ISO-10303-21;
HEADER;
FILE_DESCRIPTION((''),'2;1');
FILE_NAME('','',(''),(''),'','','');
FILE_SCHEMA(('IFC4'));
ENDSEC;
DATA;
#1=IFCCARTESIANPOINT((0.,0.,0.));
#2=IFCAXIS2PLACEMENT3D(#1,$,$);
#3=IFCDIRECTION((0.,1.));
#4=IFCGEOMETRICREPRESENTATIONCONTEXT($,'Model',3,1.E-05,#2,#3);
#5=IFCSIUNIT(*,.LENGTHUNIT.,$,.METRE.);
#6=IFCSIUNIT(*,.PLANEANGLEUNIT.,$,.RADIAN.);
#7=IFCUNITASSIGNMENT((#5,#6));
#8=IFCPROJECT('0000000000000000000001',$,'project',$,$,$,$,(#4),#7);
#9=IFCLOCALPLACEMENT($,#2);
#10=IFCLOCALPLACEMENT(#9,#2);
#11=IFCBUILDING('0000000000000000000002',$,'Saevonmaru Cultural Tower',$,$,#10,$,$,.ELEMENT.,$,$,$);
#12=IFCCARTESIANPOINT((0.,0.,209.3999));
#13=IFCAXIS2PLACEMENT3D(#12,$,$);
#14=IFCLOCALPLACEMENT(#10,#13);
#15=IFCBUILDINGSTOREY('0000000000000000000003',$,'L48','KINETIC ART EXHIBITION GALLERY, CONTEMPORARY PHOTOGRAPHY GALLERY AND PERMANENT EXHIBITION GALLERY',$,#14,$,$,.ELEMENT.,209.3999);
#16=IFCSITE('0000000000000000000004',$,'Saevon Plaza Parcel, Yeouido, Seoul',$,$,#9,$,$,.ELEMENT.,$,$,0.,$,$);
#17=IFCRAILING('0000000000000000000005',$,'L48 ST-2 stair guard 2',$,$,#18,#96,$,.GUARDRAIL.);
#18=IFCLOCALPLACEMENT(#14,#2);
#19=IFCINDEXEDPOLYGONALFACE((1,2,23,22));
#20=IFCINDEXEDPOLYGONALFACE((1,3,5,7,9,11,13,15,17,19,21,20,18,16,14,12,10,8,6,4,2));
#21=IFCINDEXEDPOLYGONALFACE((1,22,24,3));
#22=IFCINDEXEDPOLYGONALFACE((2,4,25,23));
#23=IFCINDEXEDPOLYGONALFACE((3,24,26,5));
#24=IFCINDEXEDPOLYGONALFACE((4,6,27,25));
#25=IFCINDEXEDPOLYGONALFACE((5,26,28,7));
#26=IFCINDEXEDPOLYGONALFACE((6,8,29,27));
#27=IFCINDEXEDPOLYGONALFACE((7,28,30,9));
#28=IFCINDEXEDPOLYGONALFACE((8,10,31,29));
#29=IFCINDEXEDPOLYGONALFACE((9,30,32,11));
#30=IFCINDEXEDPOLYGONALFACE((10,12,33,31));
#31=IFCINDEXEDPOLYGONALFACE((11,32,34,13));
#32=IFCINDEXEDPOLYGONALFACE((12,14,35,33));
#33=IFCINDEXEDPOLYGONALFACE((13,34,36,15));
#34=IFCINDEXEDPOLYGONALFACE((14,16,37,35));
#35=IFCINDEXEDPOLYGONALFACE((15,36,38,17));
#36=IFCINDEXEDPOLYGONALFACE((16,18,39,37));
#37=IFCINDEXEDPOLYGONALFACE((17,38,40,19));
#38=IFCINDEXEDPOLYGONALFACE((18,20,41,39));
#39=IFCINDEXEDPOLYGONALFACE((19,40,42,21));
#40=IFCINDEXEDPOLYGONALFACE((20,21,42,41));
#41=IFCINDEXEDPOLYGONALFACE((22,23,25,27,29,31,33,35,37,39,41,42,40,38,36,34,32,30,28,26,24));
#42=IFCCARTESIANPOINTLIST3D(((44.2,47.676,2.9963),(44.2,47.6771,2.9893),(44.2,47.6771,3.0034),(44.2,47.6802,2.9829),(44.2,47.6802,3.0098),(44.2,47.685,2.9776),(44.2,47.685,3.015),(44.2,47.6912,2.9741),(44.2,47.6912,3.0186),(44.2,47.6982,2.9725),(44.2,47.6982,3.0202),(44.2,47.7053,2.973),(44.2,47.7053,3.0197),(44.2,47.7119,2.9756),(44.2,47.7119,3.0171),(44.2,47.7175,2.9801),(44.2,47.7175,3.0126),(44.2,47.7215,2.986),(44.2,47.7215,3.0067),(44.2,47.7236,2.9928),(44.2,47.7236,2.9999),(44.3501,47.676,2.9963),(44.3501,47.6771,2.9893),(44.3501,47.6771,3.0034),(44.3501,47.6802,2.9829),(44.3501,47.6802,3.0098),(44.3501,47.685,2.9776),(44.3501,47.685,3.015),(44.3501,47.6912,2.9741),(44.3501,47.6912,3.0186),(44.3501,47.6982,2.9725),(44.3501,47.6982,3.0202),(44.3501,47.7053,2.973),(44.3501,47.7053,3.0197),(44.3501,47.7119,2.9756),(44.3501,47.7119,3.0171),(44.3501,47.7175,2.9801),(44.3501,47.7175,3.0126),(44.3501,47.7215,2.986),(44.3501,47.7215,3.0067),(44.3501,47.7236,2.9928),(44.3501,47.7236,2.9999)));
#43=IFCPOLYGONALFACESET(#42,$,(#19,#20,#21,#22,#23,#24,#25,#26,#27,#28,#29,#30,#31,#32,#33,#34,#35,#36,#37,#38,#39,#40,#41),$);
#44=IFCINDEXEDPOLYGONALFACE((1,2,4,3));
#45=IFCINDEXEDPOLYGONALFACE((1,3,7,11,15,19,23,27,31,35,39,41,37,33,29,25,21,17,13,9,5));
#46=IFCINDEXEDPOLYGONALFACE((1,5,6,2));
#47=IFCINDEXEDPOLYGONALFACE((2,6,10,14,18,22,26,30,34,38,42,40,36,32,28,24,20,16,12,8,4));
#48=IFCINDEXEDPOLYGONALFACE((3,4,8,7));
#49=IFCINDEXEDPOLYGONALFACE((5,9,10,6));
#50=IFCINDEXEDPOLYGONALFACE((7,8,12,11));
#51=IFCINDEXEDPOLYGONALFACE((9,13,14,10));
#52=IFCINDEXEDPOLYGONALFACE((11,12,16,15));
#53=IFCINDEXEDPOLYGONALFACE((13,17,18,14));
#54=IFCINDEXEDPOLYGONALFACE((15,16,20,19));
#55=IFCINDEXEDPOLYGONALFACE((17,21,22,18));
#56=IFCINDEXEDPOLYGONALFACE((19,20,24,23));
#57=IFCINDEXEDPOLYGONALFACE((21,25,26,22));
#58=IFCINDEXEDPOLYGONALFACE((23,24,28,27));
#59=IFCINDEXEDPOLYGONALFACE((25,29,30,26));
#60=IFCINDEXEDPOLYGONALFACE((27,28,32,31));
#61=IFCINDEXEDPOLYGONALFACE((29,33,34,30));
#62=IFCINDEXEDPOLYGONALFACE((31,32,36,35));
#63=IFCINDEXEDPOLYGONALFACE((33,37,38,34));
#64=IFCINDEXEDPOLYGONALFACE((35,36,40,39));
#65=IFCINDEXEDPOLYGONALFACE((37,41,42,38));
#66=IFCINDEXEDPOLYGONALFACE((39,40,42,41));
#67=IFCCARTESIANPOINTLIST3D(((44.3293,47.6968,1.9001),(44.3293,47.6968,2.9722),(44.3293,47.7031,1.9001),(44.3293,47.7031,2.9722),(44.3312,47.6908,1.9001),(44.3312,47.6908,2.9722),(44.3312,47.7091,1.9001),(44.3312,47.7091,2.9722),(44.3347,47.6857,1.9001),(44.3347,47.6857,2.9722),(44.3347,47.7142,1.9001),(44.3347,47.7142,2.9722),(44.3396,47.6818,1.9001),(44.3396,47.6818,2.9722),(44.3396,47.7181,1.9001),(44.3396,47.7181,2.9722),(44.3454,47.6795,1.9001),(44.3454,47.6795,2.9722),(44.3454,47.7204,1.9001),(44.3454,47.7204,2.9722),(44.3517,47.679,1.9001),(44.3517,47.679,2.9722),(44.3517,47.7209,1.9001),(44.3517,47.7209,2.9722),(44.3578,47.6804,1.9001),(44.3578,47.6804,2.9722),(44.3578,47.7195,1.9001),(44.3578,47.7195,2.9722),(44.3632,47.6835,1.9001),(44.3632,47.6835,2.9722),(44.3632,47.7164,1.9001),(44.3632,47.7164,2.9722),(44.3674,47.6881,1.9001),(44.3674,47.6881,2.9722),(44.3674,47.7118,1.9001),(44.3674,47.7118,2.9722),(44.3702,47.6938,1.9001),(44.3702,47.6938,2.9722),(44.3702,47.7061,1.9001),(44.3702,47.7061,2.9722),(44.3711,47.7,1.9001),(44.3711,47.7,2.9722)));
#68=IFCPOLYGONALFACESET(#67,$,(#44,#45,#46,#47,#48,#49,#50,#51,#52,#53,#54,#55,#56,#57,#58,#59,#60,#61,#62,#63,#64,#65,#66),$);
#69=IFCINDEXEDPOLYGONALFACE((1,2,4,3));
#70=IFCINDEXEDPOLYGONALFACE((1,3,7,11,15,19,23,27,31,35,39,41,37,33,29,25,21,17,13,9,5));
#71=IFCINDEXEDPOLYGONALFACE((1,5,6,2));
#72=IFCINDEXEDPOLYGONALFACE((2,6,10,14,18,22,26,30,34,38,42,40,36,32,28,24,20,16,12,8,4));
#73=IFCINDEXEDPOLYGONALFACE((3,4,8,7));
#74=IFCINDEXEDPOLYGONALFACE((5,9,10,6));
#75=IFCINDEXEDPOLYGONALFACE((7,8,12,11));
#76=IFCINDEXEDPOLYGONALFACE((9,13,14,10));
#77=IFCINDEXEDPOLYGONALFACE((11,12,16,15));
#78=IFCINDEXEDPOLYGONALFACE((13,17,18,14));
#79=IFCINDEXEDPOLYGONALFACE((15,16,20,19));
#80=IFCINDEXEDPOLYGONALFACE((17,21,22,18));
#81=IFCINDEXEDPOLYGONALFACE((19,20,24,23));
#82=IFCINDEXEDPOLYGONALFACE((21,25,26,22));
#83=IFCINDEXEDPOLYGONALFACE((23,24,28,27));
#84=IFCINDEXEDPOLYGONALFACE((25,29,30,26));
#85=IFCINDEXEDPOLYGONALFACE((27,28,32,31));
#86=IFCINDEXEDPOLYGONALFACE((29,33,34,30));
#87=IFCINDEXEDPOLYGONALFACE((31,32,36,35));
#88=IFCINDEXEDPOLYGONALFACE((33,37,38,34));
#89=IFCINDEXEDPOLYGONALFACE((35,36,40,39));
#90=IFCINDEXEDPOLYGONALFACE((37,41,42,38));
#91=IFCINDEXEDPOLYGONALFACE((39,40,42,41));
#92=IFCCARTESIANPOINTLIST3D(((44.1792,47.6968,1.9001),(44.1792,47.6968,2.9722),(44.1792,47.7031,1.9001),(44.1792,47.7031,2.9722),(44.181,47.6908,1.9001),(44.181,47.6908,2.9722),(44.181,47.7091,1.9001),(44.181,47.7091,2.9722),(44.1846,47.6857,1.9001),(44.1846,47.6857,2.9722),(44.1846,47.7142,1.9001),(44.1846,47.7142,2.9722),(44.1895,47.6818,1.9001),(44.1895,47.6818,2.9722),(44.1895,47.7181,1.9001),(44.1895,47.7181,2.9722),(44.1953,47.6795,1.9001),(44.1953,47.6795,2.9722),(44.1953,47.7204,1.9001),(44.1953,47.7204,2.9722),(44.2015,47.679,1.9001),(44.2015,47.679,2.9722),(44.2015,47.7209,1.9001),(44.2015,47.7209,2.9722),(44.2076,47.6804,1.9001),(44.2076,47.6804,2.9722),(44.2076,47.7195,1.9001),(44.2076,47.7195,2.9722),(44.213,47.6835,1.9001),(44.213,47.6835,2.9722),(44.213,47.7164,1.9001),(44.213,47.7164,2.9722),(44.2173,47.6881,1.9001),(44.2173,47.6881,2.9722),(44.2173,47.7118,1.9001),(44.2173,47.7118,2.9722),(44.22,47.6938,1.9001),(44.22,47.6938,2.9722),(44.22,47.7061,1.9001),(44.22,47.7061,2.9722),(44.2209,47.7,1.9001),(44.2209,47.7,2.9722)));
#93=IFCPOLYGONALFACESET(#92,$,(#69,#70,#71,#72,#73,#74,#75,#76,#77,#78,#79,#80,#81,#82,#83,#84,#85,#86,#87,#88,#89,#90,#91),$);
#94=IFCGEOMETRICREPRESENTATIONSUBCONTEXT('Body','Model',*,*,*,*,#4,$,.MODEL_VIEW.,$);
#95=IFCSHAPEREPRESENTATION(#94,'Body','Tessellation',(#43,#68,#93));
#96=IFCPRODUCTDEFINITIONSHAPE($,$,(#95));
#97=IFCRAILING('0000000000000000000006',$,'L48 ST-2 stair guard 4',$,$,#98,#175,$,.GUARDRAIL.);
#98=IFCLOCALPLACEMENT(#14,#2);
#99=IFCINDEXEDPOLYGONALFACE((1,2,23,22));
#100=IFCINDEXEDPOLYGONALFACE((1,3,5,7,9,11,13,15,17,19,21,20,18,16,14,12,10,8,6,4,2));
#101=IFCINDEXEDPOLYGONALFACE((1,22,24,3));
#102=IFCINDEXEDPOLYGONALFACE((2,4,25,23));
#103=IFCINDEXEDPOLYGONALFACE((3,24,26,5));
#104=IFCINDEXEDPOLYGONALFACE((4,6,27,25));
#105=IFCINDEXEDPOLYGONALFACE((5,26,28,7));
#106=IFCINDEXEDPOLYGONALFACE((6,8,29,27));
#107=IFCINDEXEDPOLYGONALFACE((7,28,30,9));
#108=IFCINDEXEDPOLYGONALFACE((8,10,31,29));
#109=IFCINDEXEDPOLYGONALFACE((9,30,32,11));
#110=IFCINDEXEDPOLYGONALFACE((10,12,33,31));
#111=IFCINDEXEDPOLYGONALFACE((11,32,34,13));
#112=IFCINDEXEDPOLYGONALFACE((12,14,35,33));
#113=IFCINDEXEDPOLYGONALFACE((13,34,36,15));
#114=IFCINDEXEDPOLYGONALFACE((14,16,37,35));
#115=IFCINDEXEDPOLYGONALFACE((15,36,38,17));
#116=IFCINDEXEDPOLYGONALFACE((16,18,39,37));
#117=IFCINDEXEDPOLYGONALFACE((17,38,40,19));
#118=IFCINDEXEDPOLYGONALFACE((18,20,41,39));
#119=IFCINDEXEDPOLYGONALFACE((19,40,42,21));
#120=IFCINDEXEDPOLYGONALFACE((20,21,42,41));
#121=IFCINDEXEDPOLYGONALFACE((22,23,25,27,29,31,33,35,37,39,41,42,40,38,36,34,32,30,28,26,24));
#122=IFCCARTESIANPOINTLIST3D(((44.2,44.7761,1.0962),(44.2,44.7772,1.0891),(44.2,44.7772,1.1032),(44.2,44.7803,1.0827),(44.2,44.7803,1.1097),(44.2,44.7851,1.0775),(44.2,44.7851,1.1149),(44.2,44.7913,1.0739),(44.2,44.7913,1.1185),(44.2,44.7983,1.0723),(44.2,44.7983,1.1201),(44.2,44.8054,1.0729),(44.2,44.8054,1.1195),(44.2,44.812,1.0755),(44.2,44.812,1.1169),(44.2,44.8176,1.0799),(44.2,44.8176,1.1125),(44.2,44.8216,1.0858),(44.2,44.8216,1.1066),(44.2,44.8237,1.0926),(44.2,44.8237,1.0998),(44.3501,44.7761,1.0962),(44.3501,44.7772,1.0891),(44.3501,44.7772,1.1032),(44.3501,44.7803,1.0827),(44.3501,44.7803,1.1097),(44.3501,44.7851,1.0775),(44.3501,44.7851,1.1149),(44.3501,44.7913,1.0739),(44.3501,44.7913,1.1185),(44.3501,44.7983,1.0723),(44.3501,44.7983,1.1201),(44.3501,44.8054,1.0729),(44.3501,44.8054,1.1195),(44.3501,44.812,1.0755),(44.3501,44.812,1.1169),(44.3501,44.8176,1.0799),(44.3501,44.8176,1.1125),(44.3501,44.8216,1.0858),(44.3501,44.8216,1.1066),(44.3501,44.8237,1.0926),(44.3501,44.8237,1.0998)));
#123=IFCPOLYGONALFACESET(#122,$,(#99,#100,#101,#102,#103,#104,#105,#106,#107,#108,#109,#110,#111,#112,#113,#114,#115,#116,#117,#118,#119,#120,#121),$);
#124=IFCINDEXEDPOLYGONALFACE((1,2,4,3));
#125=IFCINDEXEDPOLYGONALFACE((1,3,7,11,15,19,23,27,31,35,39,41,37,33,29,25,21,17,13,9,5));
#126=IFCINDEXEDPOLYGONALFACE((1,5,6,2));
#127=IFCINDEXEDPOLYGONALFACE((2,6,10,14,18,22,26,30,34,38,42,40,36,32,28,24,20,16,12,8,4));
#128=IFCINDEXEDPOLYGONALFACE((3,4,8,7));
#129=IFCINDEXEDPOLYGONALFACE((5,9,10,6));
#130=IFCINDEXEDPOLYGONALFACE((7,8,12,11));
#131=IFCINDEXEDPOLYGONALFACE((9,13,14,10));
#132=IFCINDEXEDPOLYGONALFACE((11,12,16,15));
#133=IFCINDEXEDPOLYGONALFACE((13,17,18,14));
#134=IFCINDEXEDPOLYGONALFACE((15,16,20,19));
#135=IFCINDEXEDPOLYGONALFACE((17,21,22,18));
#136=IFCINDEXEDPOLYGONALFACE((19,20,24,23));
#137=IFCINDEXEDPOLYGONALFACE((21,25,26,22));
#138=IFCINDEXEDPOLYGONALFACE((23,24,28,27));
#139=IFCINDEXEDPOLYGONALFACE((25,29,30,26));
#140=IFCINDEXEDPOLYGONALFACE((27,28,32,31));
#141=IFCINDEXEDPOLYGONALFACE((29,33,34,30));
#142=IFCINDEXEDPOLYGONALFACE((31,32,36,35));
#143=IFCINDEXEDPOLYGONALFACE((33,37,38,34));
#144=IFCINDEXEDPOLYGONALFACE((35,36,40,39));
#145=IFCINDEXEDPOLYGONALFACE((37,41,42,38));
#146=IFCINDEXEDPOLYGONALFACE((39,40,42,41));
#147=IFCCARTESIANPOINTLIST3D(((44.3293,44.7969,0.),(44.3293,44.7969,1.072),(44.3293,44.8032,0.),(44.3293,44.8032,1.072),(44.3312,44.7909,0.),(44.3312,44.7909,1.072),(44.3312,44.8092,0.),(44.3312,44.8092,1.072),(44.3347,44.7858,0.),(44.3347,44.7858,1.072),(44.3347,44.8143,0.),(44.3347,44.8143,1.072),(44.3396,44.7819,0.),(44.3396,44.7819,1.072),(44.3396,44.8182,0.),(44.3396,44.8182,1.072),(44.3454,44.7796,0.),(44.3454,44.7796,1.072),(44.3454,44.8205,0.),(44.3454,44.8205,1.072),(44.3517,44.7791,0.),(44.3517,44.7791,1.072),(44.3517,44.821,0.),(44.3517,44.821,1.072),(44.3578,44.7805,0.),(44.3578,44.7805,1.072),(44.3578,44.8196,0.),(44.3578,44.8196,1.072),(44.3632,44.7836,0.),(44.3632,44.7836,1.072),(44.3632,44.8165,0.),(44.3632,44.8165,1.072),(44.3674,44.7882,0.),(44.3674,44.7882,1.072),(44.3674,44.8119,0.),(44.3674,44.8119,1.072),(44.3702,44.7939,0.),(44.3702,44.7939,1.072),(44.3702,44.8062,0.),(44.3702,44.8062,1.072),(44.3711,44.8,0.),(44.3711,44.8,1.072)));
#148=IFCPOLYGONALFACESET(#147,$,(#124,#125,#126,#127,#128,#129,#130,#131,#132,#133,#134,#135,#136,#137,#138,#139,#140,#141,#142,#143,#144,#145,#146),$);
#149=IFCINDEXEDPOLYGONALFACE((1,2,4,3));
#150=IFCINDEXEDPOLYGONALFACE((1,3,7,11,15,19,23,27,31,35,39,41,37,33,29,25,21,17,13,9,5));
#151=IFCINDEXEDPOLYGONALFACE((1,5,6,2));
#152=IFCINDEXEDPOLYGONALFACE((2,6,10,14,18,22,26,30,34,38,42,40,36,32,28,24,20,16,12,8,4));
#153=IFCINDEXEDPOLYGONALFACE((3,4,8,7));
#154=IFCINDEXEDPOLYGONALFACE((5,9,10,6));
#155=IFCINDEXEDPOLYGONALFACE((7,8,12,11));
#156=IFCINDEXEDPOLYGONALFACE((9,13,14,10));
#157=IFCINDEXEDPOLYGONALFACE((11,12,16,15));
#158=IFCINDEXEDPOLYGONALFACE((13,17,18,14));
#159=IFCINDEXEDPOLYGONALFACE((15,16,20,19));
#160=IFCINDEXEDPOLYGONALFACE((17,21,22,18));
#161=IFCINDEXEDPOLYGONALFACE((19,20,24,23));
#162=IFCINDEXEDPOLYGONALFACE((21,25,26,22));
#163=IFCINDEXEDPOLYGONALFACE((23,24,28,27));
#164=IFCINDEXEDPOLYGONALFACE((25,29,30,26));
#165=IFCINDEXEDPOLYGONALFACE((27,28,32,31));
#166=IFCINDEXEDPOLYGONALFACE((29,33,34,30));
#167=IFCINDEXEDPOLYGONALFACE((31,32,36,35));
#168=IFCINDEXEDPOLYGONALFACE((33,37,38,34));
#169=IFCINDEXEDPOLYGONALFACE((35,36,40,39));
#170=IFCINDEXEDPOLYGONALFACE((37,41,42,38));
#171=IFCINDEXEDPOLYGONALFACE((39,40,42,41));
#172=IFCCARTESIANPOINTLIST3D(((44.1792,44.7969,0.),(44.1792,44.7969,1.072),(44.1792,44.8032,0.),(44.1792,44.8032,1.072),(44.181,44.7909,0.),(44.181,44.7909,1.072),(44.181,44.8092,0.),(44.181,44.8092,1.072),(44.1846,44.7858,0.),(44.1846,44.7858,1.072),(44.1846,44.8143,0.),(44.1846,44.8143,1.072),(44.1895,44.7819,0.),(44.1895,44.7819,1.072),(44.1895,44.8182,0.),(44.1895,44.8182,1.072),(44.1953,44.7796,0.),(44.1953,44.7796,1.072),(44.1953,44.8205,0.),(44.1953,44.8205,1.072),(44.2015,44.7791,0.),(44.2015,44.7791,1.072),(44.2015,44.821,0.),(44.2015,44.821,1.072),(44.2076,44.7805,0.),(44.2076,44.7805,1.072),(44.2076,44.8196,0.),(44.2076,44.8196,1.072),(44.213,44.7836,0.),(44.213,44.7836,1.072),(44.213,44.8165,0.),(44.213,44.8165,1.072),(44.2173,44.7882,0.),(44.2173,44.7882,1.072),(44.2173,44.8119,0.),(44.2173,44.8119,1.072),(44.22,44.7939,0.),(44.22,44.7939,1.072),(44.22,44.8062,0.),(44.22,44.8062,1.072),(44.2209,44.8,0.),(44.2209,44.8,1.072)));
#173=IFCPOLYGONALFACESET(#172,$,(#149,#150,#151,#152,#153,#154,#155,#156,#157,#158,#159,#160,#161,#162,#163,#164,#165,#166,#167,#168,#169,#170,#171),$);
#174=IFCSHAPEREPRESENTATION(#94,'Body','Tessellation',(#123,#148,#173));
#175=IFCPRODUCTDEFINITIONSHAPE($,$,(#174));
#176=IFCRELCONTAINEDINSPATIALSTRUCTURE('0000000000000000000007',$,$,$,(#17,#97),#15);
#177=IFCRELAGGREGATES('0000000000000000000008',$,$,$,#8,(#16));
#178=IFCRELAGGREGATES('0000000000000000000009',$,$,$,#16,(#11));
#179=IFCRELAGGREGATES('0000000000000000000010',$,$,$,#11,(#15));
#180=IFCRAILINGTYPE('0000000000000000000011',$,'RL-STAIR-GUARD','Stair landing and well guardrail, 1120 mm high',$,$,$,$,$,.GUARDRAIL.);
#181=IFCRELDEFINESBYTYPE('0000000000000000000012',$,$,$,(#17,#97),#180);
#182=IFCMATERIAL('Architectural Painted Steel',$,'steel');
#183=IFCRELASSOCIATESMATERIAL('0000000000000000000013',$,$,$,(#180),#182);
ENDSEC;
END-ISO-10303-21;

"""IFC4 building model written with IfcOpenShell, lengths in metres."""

from ifc_helpers import new_model, si_unit, direction, frame, origin, origin_2d, place, context, subcontext, project, spatial, circle, extrude, material, type_object, element, save


model = new_model("IFC4")

# Units and contexts
model_context = context("Model", 3, precision=1e-05, world=origin(), true_north=direction((0.0, 1.0)))
body_context = subcontext(model_context, "Body", "Model", "MODEL_VIEW")
ifc_project = project(units=[si_unit("LENGTHUNIT", "METRE"), si_unit("PLANEANGLEUNIT", "RADIAN")], contexts=[model_context])

# Site, building, storey
site_placement = place(None, origin())
site = spatial("IfcSite", under=ifc_project, at=site_placement, Name="Saevon Plaza Parcel, Yeouido, Seoul", CompositionType="ELEMENT", RefElevation=0.0)
building_placement = place(site_placement, origin())
building = spatial("IfcBuilding", under=site, at=building_placement, Name="Saevonmaru Cultural Tower", CompositionType="ELEMENT")
storey_placement = place(building_placement, frame((0.0, 0.0, 209.3999)))
storey = spatial("IfcBuildingStorey", under=building, at=storey_placement, Name="L48", Description="KINETIC ART EXHIBITION GALLERY, CONTEMPORARY PHOTOGRAPHY GALLERY AND PERMANENT EXHIBITION GALLERY", CompositionType="ELEMENT", Elevation=209.3999)

# Railings
ifc_material_1 = material(Name="Architectural Painted Steel", Category="steel")
railing_type_1 = type_object("IfcRailingType", Name="RL-STAIR-GUARD", Description="Stair landing and well guardrail, 1120 mm high", PredefinedType="GUARDRAIL", material=ifc_material_1)
for number, where, name in (
    (1, (44.3501, 47.7, 1.9001), "L48 ST-2 stair guard 2"),
    (2, (44.3501, 44.8, 0.0), "L48 ST-2 stair guard 4"),
):
    element("IfcRailing", number, at=place(storey_placement, frame(where)), inside=storey, type_object=railing_type_1, Name=name, PredefinedType="GUARDRAIL", context=body_context, shape_type="SweptSolid", body=[
        extrude(circle(Radius=0.0239, at=origin_2d()), frame((0.0, 0.0, 1.0962), z_axis=(-1.0, 0.0, 0.0), x_axis=(0.0, -1.0, 0.0)), (0.0, 0.0, 1.0), 0.1501),
        extrude(circle(Radius=0.021, at=origin_2d()), origin(), (0.0, 0.0, 1.0), 1.072),
        extrude(circle(Radius=0.021, at=origin_2d()), frame((-0.1501, 0.0, 0.0)), (0.0, 0.0, 1.0), 1.072),
    ])

save(model, "model.ifc")
